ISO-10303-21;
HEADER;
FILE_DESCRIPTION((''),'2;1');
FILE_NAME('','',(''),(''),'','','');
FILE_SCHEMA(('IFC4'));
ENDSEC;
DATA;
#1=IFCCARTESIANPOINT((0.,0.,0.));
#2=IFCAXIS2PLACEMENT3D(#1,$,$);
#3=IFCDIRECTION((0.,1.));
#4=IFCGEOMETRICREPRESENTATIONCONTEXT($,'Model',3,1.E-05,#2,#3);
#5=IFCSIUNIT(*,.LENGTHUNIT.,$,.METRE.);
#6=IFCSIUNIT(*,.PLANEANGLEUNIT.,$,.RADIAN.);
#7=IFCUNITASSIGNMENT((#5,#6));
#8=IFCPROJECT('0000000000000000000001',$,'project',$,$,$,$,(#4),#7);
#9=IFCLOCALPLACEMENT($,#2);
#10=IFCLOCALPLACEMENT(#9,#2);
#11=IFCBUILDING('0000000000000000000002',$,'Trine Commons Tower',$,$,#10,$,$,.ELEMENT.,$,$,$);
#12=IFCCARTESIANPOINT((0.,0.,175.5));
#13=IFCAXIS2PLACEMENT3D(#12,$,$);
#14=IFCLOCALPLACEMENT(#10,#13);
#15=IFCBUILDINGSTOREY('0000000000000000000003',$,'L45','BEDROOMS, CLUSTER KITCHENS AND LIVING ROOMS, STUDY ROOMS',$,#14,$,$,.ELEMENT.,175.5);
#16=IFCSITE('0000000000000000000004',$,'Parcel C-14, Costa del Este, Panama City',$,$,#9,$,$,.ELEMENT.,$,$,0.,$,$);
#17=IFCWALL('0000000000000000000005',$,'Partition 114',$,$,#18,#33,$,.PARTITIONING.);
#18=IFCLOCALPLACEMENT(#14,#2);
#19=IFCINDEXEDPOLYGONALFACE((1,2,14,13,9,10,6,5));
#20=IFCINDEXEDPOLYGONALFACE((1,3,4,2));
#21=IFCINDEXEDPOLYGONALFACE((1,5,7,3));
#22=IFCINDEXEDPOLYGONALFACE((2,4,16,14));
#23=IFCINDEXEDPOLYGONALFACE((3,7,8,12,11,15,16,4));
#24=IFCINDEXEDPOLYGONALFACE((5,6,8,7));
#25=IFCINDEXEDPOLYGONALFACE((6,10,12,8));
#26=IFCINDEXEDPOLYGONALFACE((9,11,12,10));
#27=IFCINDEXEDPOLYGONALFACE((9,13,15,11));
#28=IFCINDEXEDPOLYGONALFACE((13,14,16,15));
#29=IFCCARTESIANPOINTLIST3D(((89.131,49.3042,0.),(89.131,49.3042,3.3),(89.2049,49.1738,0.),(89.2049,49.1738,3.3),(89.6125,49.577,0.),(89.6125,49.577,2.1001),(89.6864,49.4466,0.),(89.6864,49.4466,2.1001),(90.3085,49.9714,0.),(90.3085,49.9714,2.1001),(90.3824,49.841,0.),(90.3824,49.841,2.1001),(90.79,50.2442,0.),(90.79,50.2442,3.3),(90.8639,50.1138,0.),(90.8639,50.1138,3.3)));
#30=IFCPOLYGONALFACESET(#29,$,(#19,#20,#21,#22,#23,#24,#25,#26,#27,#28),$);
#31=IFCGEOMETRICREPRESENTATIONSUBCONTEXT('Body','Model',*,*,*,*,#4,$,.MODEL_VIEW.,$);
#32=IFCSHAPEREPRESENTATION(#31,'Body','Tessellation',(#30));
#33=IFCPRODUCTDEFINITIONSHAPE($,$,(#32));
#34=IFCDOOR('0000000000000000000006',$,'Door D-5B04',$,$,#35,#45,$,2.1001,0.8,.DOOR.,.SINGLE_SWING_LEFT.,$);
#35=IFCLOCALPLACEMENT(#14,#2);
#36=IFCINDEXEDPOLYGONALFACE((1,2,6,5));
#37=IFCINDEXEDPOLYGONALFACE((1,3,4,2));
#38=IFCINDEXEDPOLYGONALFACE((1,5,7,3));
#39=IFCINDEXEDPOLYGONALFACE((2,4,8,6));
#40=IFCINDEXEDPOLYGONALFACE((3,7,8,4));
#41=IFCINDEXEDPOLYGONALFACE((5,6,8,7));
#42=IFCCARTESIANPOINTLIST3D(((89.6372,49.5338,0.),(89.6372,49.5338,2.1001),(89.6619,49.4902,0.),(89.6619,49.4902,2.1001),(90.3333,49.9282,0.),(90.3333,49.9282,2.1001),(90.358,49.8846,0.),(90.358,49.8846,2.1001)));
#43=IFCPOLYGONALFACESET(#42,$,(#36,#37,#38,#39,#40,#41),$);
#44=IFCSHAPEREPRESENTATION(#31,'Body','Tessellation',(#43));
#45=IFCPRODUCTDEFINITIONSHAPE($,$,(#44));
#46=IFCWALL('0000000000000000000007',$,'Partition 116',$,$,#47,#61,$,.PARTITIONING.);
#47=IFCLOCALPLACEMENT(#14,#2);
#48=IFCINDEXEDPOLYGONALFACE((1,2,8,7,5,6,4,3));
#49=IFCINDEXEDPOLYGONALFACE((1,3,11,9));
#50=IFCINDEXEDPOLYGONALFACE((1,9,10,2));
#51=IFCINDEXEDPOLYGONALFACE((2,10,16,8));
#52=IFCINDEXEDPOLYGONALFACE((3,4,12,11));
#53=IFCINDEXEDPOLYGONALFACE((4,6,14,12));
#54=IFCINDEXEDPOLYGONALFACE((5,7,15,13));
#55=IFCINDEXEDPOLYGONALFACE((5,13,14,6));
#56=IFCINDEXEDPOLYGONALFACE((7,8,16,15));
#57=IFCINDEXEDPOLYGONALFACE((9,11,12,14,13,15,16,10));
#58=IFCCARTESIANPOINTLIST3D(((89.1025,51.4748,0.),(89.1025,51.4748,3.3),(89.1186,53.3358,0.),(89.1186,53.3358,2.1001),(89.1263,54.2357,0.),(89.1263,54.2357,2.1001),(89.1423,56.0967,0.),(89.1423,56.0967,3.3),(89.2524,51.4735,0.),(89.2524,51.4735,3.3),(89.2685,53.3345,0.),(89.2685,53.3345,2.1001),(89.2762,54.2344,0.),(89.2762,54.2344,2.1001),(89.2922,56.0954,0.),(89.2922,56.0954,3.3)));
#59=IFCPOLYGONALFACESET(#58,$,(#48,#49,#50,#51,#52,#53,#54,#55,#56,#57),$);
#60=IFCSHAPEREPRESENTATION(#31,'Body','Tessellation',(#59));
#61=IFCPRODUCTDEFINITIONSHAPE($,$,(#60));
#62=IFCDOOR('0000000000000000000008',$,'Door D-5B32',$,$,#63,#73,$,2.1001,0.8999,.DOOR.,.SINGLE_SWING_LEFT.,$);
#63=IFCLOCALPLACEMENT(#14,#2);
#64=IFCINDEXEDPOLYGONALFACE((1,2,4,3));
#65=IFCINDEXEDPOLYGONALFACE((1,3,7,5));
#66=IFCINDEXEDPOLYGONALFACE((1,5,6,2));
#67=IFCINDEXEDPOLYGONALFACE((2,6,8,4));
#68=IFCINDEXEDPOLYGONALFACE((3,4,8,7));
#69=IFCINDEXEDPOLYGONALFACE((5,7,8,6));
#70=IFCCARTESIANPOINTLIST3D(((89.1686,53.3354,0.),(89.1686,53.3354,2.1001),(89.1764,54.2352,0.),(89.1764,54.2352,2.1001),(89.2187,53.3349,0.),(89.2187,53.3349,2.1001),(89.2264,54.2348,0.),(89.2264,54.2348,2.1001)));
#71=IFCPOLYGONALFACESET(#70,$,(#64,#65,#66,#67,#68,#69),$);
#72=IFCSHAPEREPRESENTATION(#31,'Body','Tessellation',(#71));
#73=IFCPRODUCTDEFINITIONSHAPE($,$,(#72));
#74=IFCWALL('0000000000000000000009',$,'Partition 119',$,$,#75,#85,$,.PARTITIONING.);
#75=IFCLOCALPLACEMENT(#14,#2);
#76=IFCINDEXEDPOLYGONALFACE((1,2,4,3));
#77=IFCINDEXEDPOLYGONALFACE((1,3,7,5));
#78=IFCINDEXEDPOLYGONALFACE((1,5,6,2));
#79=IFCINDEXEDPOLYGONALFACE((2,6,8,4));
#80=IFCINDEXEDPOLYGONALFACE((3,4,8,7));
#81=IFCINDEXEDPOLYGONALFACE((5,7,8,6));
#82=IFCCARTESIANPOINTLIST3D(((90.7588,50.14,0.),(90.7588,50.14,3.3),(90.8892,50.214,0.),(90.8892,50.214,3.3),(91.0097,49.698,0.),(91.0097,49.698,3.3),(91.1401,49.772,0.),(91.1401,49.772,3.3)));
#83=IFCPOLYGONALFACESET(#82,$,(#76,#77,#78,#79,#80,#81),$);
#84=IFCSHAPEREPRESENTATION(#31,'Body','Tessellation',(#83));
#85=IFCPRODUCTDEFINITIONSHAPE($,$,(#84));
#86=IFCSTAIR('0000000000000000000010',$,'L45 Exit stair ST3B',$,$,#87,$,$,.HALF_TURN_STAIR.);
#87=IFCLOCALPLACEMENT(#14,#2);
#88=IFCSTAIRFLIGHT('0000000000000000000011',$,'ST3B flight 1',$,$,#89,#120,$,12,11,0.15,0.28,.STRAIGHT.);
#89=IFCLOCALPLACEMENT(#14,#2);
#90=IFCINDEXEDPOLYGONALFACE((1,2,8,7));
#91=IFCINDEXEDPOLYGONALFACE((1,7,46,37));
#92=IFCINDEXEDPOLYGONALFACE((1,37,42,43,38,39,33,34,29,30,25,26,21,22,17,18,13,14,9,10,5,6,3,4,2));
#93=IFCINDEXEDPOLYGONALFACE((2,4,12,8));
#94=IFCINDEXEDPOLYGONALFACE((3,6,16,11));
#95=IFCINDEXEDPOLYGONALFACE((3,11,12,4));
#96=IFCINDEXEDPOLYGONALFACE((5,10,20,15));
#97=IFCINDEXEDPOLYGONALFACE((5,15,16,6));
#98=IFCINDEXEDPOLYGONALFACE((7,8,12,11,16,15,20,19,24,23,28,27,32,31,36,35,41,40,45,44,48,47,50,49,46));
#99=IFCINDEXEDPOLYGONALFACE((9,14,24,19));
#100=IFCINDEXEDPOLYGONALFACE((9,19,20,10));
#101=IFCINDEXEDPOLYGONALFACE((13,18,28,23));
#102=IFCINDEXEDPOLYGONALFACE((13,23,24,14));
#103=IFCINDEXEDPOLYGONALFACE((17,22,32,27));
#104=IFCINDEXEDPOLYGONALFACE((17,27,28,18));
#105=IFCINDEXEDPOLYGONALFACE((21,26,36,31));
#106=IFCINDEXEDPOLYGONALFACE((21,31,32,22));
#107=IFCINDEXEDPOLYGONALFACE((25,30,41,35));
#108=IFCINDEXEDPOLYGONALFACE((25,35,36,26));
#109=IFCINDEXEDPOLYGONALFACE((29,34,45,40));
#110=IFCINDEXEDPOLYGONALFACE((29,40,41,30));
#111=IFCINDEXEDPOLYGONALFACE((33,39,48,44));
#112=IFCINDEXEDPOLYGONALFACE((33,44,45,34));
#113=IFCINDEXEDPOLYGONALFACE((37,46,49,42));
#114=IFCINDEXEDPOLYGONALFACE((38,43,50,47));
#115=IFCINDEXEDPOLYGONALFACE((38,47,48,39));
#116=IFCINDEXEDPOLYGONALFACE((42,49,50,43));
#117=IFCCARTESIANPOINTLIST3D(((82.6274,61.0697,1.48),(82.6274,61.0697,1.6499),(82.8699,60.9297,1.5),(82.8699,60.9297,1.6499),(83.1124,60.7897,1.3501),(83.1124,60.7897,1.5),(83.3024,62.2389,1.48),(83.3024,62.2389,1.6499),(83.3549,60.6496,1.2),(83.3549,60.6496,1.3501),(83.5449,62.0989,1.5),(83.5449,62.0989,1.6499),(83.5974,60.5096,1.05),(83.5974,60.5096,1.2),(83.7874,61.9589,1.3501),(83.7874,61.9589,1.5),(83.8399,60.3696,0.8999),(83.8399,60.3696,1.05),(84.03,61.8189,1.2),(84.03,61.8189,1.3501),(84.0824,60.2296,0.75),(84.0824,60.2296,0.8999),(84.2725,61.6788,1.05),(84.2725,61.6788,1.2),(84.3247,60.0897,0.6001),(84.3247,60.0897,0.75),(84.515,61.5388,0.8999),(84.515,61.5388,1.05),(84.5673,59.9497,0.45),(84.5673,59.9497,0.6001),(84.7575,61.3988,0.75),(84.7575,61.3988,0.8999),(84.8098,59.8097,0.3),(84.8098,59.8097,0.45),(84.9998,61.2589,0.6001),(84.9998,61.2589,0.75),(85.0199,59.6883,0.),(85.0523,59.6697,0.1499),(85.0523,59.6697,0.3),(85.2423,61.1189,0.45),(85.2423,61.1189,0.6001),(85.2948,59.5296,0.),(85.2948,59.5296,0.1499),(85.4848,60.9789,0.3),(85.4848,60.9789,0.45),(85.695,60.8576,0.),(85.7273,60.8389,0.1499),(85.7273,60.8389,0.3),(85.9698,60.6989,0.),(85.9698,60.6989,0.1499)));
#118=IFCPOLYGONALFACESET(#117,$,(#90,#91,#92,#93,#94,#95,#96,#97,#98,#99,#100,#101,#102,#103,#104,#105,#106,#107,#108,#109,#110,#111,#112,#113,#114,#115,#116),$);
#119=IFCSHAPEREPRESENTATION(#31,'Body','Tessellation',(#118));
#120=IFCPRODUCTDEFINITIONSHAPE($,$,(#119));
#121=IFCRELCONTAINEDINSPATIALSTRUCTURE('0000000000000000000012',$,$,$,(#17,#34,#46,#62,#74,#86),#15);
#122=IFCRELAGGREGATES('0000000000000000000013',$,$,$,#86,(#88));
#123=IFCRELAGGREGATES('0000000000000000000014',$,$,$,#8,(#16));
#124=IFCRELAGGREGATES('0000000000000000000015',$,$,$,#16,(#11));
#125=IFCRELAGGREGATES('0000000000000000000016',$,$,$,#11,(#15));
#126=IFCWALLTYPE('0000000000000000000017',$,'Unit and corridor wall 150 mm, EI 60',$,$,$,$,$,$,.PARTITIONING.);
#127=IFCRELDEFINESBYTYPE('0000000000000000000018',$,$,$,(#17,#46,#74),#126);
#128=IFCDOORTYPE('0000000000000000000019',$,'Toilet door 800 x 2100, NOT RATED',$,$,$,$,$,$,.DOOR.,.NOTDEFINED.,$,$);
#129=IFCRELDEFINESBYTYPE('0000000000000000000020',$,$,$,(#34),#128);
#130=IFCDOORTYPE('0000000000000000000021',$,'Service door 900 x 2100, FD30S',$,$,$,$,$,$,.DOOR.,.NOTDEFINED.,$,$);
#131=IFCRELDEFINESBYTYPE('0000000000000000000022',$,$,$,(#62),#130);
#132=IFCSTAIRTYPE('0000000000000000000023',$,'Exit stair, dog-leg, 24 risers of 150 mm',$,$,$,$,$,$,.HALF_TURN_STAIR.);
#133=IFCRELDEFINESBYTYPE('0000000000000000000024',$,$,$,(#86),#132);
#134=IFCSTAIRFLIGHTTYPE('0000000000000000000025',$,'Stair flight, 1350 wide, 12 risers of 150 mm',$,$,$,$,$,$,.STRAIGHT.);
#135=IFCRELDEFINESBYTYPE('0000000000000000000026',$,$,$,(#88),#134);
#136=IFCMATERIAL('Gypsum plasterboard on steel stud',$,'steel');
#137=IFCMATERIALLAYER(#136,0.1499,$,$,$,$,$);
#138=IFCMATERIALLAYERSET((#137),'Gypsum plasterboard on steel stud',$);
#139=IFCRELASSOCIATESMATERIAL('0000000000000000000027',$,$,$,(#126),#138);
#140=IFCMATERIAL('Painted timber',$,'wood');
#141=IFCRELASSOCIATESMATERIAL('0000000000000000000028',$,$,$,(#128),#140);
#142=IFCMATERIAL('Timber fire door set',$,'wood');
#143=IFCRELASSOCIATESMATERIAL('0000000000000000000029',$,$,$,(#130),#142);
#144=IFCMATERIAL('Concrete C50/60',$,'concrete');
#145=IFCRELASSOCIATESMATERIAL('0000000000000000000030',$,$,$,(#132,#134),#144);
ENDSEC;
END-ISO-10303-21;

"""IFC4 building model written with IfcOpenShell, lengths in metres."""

from ifc_helpers import new_model, si_unit, direction, frame, frame_2d, origin, place, context, subcontext, project, spatial, polyline, rectangle, outline, extrude, material, layer, layer_set, type_object, element, fill, aggregate, save


model = new_model("IFC4")

# Units and contexts
model_context = context("Model", 3, precision=1e-05, world=origin(), true_north=direction((0.0, 1.0)))
body_context = subcontext(model_context, "Body", "Model", "MODEL_VIEW")
ifc_project = project(units=[si_unit("LENGTHUNIT", "METRE"), si_unit("PLANEANGLEUNIT", "RADIAN")], contexts=[model_context])

# Site, building, storey
site_placement = place(None, origin())
site = spatial("IfcSite", under=ifc_project, at=site_placement, Name="Parcel C-14, Costa del Este, Panama City", CompositionType="ELEMENT", RefElevation=0.0)
building_placement = place(site_placement, origin())
building = spatial("IfcBuilding", under=site, at=building_placement, Name="Trine Commons Tower", CompositionType="ELEMENT")
storey_placement = place(building_placement, frame((0.0, 0.0, 175.5)))
storey = spatial("IfcBuildingStorey", under=building, at=storey_placement, Name="L45", Description="BEDROOMS, CLUSTER KITCHENS AND LIVING ROOMS, STUDY ROOMS", CompositionType="ELEMENT", Elevation=175.5)

# Shared definitions
ifc_material_1 = material(Name="Gypsum plasterboard on steel stud", Category="steel")
ifc_layer_1 = layer(ifc_material_1, 0.1499)
ifc_layer_set_1 = layer_set([ifc_layer_1], Name="Gypsum plasterboard on steel stud")
wall_type_1 = type_object("IfcWallType", Name="Unit and corridor wall 150 mm, EI 60", PredefinedType="PARTITIONING", material=ifc_layer_set_1)

# Walls, openings, doors
wall_1_placement = place(storey_placement, frame((89.168, 49.239, 0.0), z_axis=(0.0, 0.0, 1.0), x_axis=(0.87005, 0.492964, 0.0)))
wall_1 = element("IfcWall", 1, at=wall_1_placement, inside=storey, type_object=wall_type_1, Name="Partition 114", PredefinedType="PARTITIONING", context=body_context, shape_type="SweptSolid", body=[
    extrude(rectangle(XDim=1.9067, YDim=0.1499, at=frame_2d((0.9534, 0.0))), origin(), (0.0, 0.0, 1.0), 3.3),
])
opening_1_placement = place(wall_1_placement, frame((0.5535, 0.0, 0.0)))
opening_1 = element("IfcOpeningElement", 2, at=opening_1_placement, cuts=wall_1, PredefinedType="OPENING", context=body_context, shape_type="SweptSolid", body=[
    extrude(rectangle(XDim=0.8, YDim=2.1001, at=frame_2d((0.3999, 1.05))), frame((0.0, 0.085, 0.0), z_axis=(0.0, -1.0, 0.0), x_axis=(1.0, 0.0, 0.0)), (0.0, 0.0, 1.0), 0.1699),
])
ifc_material_2 = material(Name="Painted timber", Category="wood")
door_type_1 = type_object("IfcDoorType", Name="Toilet door 800 x 2100, NOT RATED", OperationType="NOTDEFINED", PredefinedType="DOOR", material=ifc_material_2)
door_1_placement = place(opening_1_placement, frame((0.8, 0.0, 0.0), z_axis=(0.0, 0.0, 1.0), x_axis=(-1.0, 0.0, 0.0)))
door_1 = element("IfcDoor", 3, at=door_1_placement, inside=storey, type_object=door_type_1, Name="Door D-5B04", OperationType="SINGLE_SWING_LEFT", OverallHeight=2.1001, OverallWidth=0.8, PredefinedType="DOOR", context=body_context, shape_type="SweptSolid", body=[
    extrude(rectangle(XDim=0.8, YDim=2.1001, at=frame_2d((0.3999, 1.05))), frame((0.0, 0.0249, 0.0), z_axis=(0.0, -1.0, 0.0), x_axis=(1.0, 0.0, 0.0)), (0.0, 0.0, 1.0), 0.05),
])
fill(opening_1, door_1)
wall_2_placement = place(storey_placement, frame((89.1775, 51.4741, 0.0), z_axis=(0.0, 0.0, 1.0), x_axis=(0.00861, 0.999963, 0.0)))
wall_2 = element("IfcWall", 4, at=wall_2_placement, inside=storey, type_object=wall_type_1, Name="Partition 116", PredefinedType="PARTITIONING", context=body_context, shape_type="SweptSolid", body=[
    extrude(rectangle(XDim=4.6221, YDim=0.1499, at=frame_2d((2.311, 0.0))), origin(), (0.0, 0.0, 1.0), 3.3),
])
opening_2_placement = place(wall_2_placement, frame((1.8611, 0.0, 0.0)))
opening_2 = element("IfcOpeningElement", 5, at=opening_2_placement, cuts=wall_2, PredefinedType="OPENING", context=body_context, shape_type="SweptSolid", body=[
    extrude(rectangle(XDim=0.8999, YDim=2.1001, at=frame_2d((0.45, 1.05))), frame((0.0, 0.085, 0.0), z_axis=(0.0, -1.0, 0.0), x_axis=(1.0, 0.0, 0.0)), (0.0, 0.0, 1.0), 0.1699),
])
ifc_material_3 = material(Name="Timber fire door set", Category="wood")
door_type_2 = type_object("IfcDoorType", Name="Service door 900 x 2100, FD30S", OperationType="NOTDEFINED", PredefinedType="DOOR", material=ifc_material_3)
door_2_placement = place(opening_2_placement, origin())
door_2 = element("IfcDoor", 6, at=door_2_placement, inside=storey, type_object=door_type_2, Name="Door D-5B32", OperationType="SINGLE_SWING_LEFT", OverallHeight=2.1001, OverallWidth=0.8999, PredefinedType="DOOR", context=body_context, shape_type="SweptSolid", body=[
    extrude(rectangle(XDim=0.8999, YDim=2.1001, at=frame_2d((0.45, 1.05))), frame((0.0, 0.0249, 0.0), z_axis=(0.0, -1.0, 0.0), x_axis=(1.0, 0.0, 0.0)), (0.0, 0.0, 1.0), 0.05),
])
fill(opening_2, door_2)

# Wall
wall_3_placement = place(storey_placement, frame((90.824, 50.177, 0.0), z_axis=(0.0, 0.0, 1.0), x_axis=(0.493655, -0.869658, 0.0)))
element("IfcWall", 7, at=wall_3_placement, inside=storey, type_object=wall_type_1, Name="Partition 119", PredefinedType="PARTITIONING", context=body_context, shape_type="SweptSolid", body=[
    extrude(rectangle(XDim=0.5083, YDim=0.1499, at=frame_2d((0.2542, 0.0))), origin(), (0.0, 0.0, 1.0), 3.3),
])

# Stair, stair flight
ifc_material_4 = material(Name="Concrete C50/60", Category="concrete")
stair_type = type_object("IfcStairType", Name="Exit stair, dog-leg, 24 risers of 150 mm", PredefinedType="HALF_TURN_STAIR", material=ifc_material_4)
stair_placement = place(storey_placement, origin())
stair = element("IfcStair", 8, at=stair_placement, inside=storey, type_object=stair_type, Name="L45 Exit stair ST3B", PredefinedType="HALF_TURN_STAIR")
stair_flight_type = type_object("IfcStairFlightType", Name="Stair flight, 1350 wide, 12 risers of 150 mm", PredefinedType="STRAIGHT", material=ifc_material_4)
stair_flight_placement = place(storey_placement, frame((85.6323, 60.1143, 0.0), z_axis=(0.0, 0.0, 1.0), x_axis=(-0.866025, 0.5, 0.0)))
stair_flight = element("IfcStairFlight", 9, at=stair_flight_placement, type_object=stair_flight_type, Name="ST3B flight 1", NumberOfRisers=12, NumberOfTreads=11, PredefinedType="STRAIGHT", RiserHeight=0.15, TreadLength=0.28, context=body_context, shape_type="SweptSolid", body=[
    extrude(outline(polyline([(0.0, 0.0), (0.0, 0.1499), (0.28, 0.1499), (0.28, 0.3), (0.5601, 0.3), (0.5601, 0.45), (0.8401, 0.45), (0.8401, 0.6001), (1.1201, 0.6001), (1.1201, 0.75), (1.3999, 0.75), (1.3999, 0.8999), (1.6799, 0.8999), (1.6799, 1.05), (1.96, 1.05), (1.96, 1.2), (2.24, 1.2), (2.24, 1.3501), (2.52, 1.3501), (2.52, 1.5), (2.8, 1.5), (2.8, 1.6499), (3.0801, 1.6499), (3.0801, 1.8), (3.0801, 1.48), (0.3174, 0.0), (0.0, 0.0)])), frame((0.0, 0.675, 0.0), z_axis=(0.0, -1.0, 0.0), x_axis=(1.0, 0.0, 0.0)), (0.0, 0.0, 1.0), 1.3501),
])
aggregate(stair, [stair_flight])

save(model, "model.ifc")
